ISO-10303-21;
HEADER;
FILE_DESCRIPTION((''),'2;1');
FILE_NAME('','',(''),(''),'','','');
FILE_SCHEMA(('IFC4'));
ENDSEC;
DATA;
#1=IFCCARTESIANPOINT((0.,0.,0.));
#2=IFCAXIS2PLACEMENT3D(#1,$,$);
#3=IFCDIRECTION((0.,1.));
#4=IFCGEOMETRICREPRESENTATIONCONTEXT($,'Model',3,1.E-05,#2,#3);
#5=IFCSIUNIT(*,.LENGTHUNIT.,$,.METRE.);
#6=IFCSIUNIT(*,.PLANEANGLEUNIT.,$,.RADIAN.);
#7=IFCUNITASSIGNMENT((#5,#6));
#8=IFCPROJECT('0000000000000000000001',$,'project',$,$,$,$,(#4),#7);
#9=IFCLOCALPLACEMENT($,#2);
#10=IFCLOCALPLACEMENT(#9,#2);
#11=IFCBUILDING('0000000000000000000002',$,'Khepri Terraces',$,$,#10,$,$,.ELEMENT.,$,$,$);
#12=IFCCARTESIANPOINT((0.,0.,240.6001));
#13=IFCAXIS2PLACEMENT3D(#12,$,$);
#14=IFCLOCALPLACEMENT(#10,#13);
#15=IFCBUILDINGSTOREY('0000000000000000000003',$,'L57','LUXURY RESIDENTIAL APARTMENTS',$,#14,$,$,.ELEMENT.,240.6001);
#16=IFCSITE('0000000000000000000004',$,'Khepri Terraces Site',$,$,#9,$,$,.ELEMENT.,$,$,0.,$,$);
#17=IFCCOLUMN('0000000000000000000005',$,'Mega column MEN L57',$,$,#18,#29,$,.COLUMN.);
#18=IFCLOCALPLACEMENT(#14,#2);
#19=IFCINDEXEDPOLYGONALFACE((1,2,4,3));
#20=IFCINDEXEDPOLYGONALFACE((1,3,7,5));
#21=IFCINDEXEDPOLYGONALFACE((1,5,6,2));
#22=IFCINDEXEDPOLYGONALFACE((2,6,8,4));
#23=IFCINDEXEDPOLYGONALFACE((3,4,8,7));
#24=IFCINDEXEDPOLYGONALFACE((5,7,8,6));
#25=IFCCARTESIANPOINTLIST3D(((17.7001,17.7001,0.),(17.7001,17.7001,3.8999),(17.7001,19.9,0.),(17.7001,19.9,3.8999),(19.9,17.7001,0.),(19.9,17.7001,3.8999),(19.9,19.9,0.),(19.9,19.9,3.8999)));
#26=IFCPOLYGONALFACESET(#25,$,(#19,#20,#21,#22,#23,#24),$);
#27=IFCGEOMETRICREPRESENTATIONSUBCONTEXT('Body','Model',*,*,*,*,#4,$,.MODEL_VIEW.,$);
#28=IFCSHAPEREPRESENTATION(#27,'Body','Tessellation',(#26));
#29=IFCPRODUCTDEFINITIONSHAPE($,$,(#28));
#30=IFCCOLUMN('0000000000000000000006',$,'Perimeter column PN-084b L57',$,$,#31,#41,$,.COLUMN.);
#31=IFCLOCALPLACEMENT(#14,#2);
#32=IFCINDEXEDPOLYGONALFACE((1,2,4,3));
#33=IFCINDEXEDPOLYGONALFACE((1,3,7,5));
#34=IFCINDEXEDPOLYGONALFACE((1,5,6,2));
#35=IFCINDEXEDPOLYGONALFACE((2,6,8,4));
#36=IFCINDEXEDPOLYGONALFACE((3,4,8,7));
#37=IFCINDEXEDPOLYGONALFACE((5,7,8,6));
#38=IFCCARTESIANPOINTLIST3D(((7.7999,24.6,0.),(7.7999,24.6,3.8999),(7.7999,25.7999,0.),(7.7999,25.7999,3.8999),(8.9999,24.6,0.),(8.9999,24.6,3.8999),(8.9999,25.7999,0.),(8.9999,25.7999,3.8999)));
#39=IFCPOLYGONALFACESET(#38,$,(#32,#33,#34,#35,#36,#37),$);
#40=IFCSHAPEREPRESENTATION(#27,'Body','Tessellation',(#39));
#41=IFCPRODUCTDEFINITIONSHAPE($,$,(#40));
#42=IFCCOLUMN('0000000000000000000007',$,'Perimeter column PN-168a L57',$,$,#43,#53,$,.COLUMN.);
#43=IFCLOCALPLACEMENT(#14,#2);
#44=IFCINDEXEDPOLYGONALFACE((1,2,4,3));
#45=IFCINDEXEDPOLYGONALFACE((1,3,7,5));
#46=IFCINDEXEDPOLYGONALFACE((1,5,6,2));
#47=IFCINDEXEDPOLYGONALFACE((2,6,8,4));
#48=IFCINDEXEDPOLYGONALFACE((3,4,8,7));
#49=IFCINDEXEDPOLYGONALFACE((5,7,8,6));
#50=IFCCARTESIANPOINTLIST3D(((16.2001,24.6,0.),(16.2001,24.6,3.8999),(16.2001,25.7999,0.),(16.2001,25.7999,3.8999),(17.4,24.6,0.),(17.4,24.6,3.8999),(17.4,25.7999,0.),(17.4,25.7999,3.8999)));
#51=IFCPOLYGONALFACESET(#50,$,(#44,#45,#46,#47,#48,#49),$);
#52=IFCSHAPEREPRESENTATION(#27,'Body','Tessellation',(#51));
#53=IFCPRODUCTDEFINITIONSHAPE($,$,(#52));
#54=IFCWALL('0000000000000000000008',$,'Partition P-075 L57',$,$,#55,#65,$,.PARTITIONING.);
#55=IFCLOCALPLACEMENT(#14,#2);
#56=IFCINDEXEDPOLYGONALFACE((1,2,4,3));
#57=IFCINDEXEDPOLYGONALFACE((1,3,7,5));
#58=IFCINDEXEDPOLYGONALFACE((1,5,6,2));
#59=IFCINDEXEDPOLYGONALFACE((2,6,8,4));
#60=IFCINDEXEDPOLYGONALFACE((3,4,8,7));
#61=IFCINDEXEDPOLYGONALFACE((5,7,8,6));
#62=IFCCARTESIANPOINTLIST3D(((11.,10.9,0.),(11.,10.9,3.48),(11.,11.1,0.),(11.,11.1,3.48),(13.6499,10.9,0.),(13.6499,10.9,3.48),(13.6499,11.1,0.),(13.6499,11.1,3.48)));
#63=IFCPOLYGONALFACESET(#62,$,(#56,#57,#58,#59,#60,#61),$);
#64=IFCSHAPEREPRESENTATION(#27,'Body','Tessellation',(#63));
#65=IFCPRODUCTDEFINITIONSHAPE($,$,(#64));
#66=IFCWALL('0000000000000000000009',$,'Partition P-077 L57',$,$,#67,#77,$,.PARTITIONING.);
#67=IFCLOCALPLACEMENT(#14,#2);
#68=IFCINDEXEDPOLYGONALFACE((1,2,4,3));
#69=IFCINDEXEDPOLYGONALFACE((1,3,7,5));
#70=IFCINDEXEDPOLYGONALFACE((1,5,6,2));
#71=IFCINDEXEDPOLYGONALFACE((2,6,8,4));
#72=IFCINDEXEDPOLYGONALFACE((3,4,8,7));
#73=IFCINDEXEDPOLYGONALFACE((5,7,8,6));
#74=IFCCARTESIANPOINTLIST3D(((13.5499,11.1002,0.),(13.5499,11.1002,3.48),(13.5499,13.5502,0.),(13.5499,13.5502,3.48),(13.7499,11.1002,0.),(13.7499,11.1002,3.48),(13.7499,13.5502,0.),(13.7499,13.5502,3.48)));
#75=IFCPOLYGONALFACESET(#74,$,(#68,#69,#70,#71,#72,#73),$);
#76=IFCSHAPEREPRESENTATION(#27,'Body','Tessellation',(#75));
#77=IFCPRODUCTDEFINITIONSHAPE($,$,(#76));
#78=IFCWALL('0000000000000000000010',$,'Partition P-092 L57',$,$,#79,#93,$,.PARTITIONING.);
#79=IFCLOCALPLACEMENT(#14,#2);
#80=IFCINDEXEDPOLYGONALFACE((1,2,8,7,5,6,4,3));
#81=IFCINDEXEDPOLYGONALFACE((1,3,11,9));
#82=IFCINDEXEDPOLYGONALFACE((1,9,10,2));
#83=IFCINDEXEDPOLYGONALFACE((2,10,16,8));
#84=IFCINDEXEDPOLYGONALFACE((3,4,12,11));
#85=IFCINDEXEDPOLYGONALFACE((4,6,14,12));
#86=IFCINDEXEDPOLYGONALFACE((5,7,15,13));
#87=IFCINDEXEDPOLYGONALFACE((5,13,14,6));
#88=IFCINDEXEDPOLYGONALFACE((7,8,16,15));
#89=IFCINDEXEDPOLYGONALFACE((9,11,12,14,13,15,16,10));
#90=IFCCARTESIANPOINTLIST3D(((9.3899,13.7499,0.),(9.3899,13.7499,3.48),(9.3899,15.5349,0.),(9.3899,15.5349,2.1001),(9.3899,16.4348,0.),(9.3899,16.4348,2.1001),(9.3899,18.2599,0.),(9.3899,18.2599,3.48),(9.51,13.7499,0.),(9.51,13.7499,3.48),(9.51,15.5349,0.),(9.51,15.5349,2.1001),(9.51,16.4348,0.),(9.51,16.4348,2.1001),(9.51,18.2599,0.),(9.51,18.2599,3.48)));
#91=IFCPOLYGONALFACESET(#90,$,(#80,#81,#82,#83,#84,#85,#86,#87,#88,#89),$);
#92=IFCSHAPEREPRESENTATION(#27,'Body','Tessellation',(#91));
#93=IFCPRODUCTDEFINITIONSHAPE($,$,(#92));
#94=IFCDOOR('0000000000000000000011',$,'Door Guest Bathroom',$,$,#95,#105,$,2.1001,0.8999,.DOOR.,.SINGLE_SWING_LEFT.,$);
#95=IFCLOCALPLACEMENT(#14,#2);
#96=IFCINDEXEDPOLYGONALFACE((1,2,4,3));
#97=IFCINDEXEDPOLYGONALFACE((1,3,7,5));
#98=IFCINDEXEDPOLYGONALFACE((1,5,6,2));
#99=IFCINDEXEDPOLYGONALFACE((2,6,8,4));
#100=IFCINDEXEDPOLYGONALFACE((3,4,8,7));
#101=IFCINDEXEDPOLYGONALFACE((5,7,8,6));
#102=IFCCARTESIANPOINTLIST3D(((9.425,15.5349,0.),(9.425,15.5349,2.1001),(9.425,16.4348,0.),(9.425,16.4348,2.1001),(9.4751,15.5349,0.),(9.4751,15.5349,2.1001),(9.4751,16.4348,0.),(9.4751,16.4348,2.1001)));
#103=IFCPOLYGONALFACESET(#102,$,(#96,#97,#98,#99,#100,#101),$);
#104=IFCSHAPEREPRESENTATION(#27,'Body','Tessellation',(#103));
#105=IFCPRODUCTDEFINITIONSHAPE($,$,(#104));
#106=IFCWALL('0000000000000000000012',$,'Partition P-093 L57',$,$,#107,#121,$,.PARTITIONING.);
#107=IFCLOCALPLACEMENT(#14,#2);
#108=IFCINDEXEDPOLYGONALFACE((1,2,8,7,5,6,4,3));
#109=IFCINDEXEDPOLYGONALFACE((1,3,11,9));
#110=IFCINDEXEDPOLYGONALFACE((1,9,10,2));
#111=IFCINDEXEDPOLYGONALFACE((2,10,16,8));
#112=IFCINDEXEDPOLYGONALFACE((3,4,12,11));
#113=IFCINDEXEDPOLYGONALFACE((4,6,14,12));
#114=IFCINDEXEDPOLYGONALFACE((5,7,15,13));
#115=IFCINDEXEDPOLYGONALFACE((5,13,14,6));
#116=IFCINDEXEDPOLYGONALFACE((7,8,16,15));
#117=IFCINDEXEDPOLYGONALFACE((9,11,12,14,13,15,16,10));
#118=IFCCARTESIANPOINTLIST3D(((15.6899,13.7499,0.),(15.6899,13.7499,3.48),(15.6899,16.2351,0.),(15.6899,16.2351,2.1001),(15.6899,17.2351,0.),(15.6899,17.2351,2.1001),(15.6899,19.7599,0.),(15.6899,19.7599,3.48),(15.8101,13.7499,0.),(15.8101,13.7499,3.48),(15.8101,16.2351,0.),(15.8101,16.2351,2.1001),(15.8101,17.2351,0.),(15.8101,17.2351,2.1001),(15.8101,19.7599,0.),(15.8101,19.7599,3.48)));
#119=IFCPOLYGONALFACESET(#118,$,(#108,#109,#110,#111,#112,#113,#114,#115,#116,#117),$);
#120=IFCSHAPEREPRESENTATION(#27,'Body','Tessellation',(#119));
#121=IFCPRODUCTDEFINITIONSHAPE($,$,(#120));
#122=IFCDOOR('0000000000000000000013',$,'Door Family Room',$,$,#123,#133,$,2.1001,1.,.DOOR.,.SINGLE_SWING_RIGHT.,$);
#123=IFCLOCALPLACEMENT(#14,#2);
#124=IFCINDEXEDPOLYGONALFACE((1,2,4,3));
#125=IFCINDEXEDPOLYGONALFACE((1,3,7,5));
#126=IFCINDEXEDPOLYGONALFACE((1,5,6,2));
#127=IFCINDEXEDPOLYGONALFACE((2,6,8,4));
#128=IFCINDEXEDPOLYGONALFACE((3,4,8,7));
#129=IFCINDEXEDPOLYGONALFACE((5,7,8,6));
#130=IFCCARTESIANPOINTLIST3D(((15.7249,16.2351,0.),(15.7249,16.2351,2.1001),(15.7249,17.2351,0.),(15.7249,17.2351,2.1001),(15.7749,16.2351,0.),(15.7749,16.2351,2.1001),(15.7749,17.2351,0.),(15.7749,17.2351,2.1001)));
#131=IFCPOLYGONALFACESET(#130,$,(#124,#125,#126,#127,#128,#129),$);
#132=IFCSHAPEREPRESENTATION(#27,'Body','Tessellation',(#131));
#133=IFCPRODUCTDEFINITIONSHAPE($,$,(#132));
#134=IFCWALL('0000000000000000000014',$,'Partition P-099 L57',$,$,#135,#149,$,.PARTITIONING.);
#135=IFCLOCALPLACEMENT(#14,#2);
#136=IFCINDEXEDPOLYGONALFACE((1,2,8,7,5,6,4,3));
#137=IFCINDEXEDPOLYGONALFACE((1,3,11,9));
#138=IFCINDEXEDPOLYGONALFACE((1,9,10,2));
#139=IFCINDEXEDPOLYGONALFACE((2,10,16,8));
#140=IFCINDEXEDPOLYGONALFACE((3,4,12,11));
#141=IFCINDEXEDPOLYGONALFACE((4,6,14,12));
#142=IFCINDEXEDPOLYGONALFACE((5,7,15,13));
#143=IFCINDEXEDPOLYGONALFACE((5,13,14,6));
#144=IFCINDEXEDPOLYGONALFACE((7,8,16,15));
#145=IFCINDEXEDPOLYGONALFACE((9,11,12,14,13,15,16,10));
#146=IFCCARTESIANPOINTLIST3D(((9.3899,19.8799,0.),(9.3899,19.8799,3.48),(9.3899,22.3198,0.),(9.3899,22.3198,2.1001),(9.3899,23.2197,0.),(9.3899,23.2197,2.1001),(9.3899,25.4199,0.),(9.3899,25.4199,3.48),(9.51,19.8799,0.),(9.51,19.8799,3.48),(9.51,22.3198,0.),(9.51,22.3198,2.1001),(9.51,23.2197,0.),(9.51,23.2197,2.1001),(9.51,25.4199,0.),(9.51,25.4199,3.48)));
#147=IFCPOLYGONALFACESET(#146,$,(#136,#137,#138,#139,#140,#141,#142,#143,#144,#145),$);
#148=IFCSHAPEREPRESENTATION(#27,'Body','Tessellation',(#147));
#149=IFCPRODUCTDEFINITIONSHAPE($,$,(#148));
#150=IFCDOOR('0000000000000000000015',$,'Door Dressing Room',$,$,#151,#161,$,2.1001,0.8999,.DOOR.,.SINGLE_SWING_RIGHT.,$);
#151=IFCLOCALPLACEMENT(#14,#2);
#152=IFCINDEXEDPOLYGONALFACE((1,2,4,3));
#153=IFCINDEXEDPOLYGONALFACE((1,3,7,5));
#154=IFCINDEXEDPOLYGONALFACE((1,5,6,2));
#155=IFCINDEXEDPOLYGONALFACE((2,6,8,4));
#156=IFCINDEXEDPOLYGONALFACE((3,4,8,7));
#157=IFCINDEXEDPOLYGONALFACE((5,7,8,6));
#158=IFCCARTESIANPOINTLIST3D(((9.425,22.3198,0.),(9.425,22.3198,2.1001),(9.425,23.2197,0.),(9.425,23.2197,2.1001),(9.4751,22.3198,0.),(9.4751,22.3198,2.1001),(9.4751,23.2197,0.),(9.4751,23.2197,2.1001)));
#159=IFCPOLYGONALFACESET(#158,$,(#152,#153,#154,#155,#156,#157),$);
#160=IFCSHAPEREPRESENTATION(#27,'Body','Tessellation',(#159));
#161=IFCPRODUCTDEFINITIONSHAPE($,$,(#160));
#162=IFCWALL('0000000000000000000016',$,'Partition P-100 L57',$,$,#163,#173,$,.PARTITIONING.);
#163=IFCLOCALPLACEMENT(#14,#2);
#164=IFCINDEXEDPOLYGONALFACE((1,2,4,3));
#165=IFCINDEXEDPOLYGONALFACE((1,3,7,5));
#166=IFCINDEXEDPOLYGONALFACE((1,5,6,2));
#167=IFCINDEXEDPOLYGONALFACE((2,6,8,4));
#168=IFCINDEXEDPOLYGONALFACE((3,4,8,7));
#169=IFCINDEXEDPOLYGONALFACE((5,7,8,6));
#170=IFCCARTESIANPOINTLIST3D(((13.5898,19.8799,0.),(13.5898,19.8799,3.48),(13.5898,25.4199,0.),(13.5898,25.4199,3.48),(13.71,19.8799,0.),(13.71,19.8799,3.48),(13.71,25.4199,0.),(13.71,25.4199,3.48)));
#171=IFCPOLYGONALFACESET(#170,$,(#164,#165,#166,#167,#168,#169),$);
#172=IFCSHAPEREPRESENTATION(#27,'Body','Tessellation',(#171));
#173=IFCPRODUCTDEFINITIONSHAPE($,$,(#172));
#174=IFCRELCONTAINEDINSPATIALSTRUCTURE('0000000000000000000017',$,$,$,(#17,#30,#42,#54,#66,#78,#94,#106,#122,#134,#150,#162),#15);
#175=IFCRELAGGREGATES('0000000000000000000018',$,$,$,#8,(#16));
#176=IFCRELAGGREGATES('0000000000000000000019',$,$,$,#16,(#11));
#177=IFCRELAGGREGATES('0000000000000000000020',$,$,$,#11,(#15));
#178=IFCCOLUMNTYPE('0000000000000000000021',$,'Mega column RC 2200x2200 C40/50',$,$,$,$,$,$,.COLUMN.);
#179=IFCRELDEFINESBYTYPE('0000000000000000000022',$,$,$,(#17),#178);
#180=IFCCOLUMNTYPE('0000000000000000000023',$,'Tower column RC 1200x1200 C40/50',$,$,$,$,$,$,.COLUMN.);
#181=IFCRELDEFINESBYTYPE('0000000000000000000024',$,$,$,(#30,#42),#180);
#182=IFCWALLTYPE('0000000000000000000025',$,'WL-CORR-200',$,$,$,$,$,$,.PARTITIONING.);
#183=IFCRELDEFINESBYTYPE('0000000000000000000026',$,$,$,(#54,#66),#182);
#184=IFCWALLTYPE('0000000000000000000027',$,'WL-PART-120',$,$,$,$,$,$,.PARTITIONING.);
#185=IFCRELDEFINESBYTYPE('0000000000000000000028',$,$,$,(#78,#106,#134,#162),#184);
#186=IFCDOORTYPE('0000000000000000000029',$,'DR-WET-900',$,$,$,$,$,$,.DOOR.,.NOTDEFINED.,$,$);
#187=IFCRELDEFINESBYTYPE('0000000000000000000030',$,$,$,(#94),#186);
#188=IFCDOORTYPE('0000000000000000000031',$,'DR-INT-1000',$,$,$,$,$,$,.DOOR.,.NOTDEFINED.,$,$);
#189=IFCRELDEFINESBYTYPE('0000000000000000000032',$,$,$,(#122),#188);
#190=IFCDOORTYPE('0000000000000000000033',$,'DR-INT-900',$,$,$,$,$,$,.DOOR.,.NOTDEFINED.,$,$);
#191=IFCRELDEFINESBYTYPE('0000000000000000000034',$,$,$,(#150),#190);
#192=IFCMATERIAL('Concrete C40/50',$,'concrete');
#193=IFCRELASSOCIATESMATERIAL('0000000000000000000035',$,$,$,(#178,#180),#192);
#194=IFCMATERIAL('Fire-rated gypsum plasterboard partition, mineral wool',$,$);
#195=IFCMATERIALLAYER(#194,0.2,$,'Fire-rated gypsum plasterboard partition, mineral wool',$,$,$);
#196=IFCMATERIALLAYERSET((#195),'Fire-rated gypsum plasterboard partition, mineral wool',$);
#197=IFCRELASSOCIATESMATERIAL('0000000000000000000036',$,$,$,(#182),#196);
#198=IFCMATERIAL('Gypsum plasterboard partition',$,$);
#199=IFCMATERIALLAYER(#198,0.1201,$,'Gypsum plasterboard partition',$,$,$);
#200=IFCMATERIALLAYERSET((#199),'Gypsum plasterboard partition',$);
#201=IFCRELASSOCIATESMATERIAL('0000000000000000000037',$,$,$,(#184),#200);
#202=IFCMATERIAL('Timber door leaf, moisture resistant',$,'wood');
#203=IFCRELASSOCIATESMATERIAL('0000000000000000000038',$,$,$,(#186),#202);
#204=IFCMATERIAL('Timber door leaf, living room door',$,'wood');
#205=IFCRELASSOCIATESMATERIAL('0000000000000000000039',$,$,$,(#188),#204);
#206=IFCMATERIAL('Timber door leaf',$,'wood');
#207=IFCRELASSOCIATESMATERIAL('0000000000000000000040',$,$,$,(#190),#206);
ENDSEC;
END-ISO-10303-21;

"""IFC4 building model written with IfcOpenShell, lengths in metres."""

from ifc_helpers import new_model, si_unit, direction, frame, frame_2d, origin, origin_2d, place, context, subcontext, project, spatial, rectangle, extrude, material, layer, layer_set, material_profile, profile_set, type_object, element, fill, save


model = new_model("IFC4")

# Units and contexts
model_context = context("Model", 3, precision=1e-05, world=origin(), true_north=direction((0.0, 1.0)))
body_context = subcontext(model_context, "Body", "Model", "MODEL_VIEW")
ifc_project = project(units=[si_unit("LENGTHUNIT", "METRE"), si_unit("PLANEANGLEUNIT", "RADIAN")], contexts=[model_context])

# Site, building, storey
site_placement = place(None, origin())
site = spatial("IfcSite", under=ifc_project, at=site_placement, Name="Khepri Terraces Site", CompositionType="ELEMENT", RefElevation=0.0)
building_placement = place(site_placement, origin())
building = spatial("IfcBuilding", under=site, at=building_placement, Name="Khepri Terraces", CompositionType="ELEMENT")
storey_placement = place(building_placement, frame((0.0, 0.0, 240.6001)))
storey = spatial("IfcBuildingStorey", under=building, at=storey_placement, Name="L57", Description="LUXURY RESIDENTIAL APARTMENTS", CompositionType="ELEMENT", Elevation=240.6001)

# Columns
ifc_material_1 = material(Name="Concrete C40/50", Category="concrete")
ifc_material_profile_1 = material_profile(ifc_material_1, rectangle(XDim=2.2, YDim=2.2, at=origin_2d()), Name="Concrete C40/50", Category="concrete")
ifc_profile_set_1 = profile_set([ifc_material_profile_1], Name="Concrete C40/50")
column_type_1 = type_object("IfcColumnType", Name="Mega column RC 2200x2200 C40/50", PredefinedType="COLUMN", material=ifc_profile_set_1)
column_placement = place(storey_placement, frame((18.8, 18.8, 0.0), z_axis=(0.0, 0.0, 1.0), x_axis=(1.0, 0.0, 0.0)))
element("IfcColumn", 1, at=column_placement, inside=storey, type_object=column_type_1, Name="Mega column MEN L57", PredefinedType="COLUMN", context=body_context, shape_type="SweptSolid", body=[
    extrude(rectangle(XDim=2.2, YDim=2.2, at=origin_2d()), origin(), (0.0, 0.0, 1.0), 3.8999),
])
ifc_material_profile_2 = material_profile(ifc_material_1, rectangle(XDim=1.2, YDim=1.2, at=origin_2d()), Name="Concrete C40/50", Category="concrete")
ifc_profile_set_2 = profile_set([ifc_material_profile_2], Name="Concrete C40/50")
column_type_2 = type_object("IfcColumnType", Name="Tower column RC 1200x1200 C40/50", PredefinedType="COLUMN", material=ifc_profile_set_2)
for number, where, z_axis, x_axis, name in (
    (2, (8.3999, 25.2, 0.0), (0.0, 0.0, 1.0), (1.0, 0.0, 0.0), "Perimeter column PN-084b L57"),
    (3, (16.8, 25.2, 0.0), (0.0, 0.0, 1.0), (1.0, 0.0, 0.0), "Perimeter column PN-168a L57"),
):
    element("IfcColumn", number, at=place(storey_placement, frame(where, z_axis=z_axis, x_axis=x_axis)), inside=storey, type_object=column_type_2, Name=name, PredefinedType="COLUMN", context=body_context, shape_type="SweptSolid", body=[
        extrude(rectangle(XDim=1.2, YDim=1.2, at=origin_2d()), origin(), (0.0, 0.0, 1.0), 3.8999),
    ])

# Walls
ifc_material_2 = material(Name="Fire-rated gypsum plasterboard partition, mineral wool")
ifc_layer_1 = layer(ifc_material_2, 0.2, Name="Fire-rated gypsum plasterboard partition, mineral wool")
ifc_layer_set_1 = layer_set([ifc_layer_1], Name="Fire-rated gypsum plasterboard partition, mineral wool")
wall_type_1 = type_object("IfcWallType", Name="WL-CORR-200", PredefinedType="PARTITIONING", material=ifc_layer_set_1)
wall_1_placement = place(storey_placement, frame((11.0, 11.0, 0.0), z_axis=(0.0, 0.0, 1.0), x_axis=(1.0, 0.0, 0.0)))
element("IfcWall", 4, at=wall_1_placement, inside=storey, type_object=wall_type_1, Name="Partition P-075 L57", PredefinedType="PARTITIONING", context=body_context, shape_type="SweptSolid", body=[
    extrude(rectangle(XDim=2.6499, YDim=0.2, at=frame_2d((1.325, 0.0))), origin(), (0.0, 0.0, 1.0), 3.48),
])
wall_2_placement = place(storey_placement, frame((13.6499, 11.1001, 0.0), z_axis=(0.0, 0.0, 1.0), x_axis=(0.0, 1.0, 0.0)))
element("IfcWall", 5, at=wall_2_placement, inside=storey, type_object=wall_type_1, Name="Partition P-077 L57", PredefinedType="PARTITIONING", context=body_context, shape_type="SweptSolid", body=[
    extrude(rectangle(XDim=2.45, YDim=0.2, at=frame_2d((1.2251, 0.0))), origin(), (0.0, 0.0, 1.0), 3.48),
])

# Walls, openings, doors
ifc_material_3 = material(Name="Gypsum plasterboard partition")
ifc_layer_2 = layer(ifc_material_3, 0.1201, Name="Gypsum plasterboard partition")
ifc_layer_set_2 = layer_set([ifc_layer_2], Name="Gypsum plasterboard partition")
wall_type_2 = type_object("IfcWallType", Name="WL-PART-120", PredefinedType="PARTITIONING", material=ifc_layer_set_2)
wall_3_placement = place(storey_placement, frame((9.45, 13.75, 0.0), z_axis=(0.0, 0.0, 1.0), x_axis=(0.0, 1.0, 0.0)))
wall_3 = element("IfcWall", 6, at=wall_3_placement, inside=storey, type_object=wall_type_2, Name="Partition P-092 L57", PredefinedType="PARTITIONING", context=body_context, shape_type="SweptSolid", body=[
    extrude(rectangle(XDim=4.51, YDim=0.1201, at=frame_2d((2.2549, 0.0))), origin(), (0.0, 0.0, 1.0), 3.48),
])
opening_1_placement = place(wall_3_placement, frame((1.7849, 0.0, 0.0)))
opening_1 = element("IfcOpeningElement", 7, at=opening_1_placement, cuts=wall_3, PredefinedType="OPENING", context=body_context, shape_type="SweptSolid", body=[
    extrude(rectangle(XDim=0.8999, YDim=2.1001, at=frame_2d((0.45, 1.05))), frame((0.0, 0.0701, 0.0), z_axis=(0.0, -1.0, 0.0), x_axis=(1.0, 0.0, 0.0)), (0.0, 0.0, 1.0), 0.1401),
])
ifc_material_4 = material(Name="Timber door leaf, moisture resistant", Category="wood")
door_type_1 = type_object("IfcDoorType", Name="DR-WET-900", OperationType="NOTDEFINED", PredefinedType="DOOR", material=ifc_material_4)
door_1_placement = place(opening_1_placement, origin())
door_1 = element("IfcDoor", 8, at=door_1_placement, inside=storey, type_object=door_type_1, Name="Door Guest Bathroom", OperationType="SINGLE_SWING_LEFT", OverallHeight=2.1001, OverallWidth=0.8999, PredefinedType="DOOR", context=body_context, shape_type="SweptSolid", body=[
    extrude(rectangle(XDim=0.8999, YDim=2.1001, at=frame_2d((0.45, 1.05))), frame((0.0, 0.0249, 0.0), z_axis=(0.0, -1.0, 0.0), x_axis=(1.0, 0.0, 0.0)), (0.0, 0.0, 1.0), 0.05),
])
fill(opening_1, door_1)
wall_4_placement = place(storey_placement, frame((15.75, 13.75, 0.0), z_axis=(0.0, 0.0, 1.0), x_axis=(0.0, 1.0, 0.0)))
wall_4 = element("IfcWall", 9, at=wall_4_placement, inside=storey, type_object=wall_type_2, Name="Partition P-093 L57", PredefinedType="PARTITIONING", context=body_context, shape_type="SweptSolid", body=[
    extrude(rectangle(XDim=6.01, YDim=0.1201, at=frame_2d((3.0049, 0.0))), origin(), (0.0, 0.0, 1.0), 3.48),
])
opening_2_placement = place(wall_4_placement, frame((2.4851, 0.0, 0.0)))
opening_2 = element("IfcOpeningElement", 10, at=opening_2_placement, cuts=wall_4, PredefinedType="OPENING", context=body_context, shape_type="SweptSolid", body=[
    extrude(rectangle(XDim=1.0, YDim=2.1001, at=frame_2d((0.5, 1.05))), frame((0.0, 0.0701, 0.0), z_axis=(0.0, -1.0, 0.0), x_axis=(1.0, 0.0, 0.0)), (0.0, 0.0, 1.0), 0.1401),
])
ifc_material_5 = material(Name="Timber door leaf, living room door", Category="wood")
door_type_2 = type_object("IfcDoorType", Name="DR-INT-1000", OperationType="NOTDEFINED", PredefinedType="DOOR", material=ifc_material_5)
door_2_placement = place(opening_2_placement, frame((1.0, 0.0, 0.0), z_axis=(0.0, 0.0, 1.0), x_axis=(-1.0, 0.0, 0.0)))
door_2 = element("IfcDoor", 11, at=door_2_placement, inside=storey, type_object=door_type_2, Name="Door Family Room", OperationType="SINGLE_SWING_RIGHT", OverallHeight=2.1001, OverallWidth=1.0, PredefinedType="DOOR", context=body_context, shape_type="SweptSolid", body=[
    extrude(rectangle(XDim=1.0, YDim=2.1001, at=frame_2d((0.5, 1.05))), frame((0.0, 0.0249, 0.0), z_axis=(0.0, -1.0, 0.0), x_axis=(1.0, 0.0, 0.0)), (0.0, 0.0, 1.0), 0.05),
])
fill(opening_2, door_2)
wall_5_placement = place(storey_placement, frame((9.45, 19.8799, 0.0), z_axis=(0.0, 0.0, 1.0), x_axis=(0.0, 1.0, 0.0)))
wall_5 = element("IfcWall", 12, at=wall_5_placement, inside=storey, type_object=wall_type_2, Name="Partition P-099 L57", PredefinedType="PARTITIONING", context=body_context, shape_type="SweptSolid", body=[
    extrude(rectangle(XDim=5.54, YDim=0.1201, at=frame_2d((2.77, 0.0))), origin(), (0.0, 0.0, 1.0), 3.48),
])
opening_3_placement = place(wall_5_placement, frame((2.4399, 0.0, 0.0)))
opening_3 = element("IfcOpeningElement", 13, at=opening_3_placement, cuts=wall_5, PredefinedType="OPENING", context=body_context, shape_type="SweptSolid", body=[
    extrude(rectangle(XDim=0.8999, YDim=2.1001, at=frame_2d((0.45, 1.05))), frame((0.0, 0.0701, 0.0), z_axis=(0.0, -1.0, 0.0), x_axis=(1.0, 0.0, 0.0)), (0.0, 0.0, 1.0), 0.1401),
])
ifc_material_6 = material(Name="Timber door leaf", Category="wood")
door_type_3 = type_object("IfcDoorType", Name="DR-INT-900", OperationType="NOTDEFINED", PredefinedType="DOOR", material=ifc_material_6)
door_3_placement = place(opening_3_placement, origin())
door_3 = element("IfcDoor", 14, at=door_3_placement, inside=storey, type_object=door_type_3, Name="Door Dressing Room", OperationType="SINGLE_SWING_RIGHT", OverallHeight=2.1001, OverallWidth=0.8999, PredefinedType="DOOR", context=body_context, shape_type="SweptSolid", body=[
    extrude(rectangle(XDim=0.8999, YDim=2.1001, at=frame_2d((0.45, 1.05))), frame((0.0, 0.0249, 0.0), z_axis=(0.0, -1.0, 0.0), x_axis=(1.0, 0.0, 0.0)), (0.0, 0.0, 1.0), 0.05),
])
fill(opening_3, door_3)

# Wall
wall_6_placement = place(storey_placement, frame((13.6499, 19.8799, 0.0), z_axis=(0.0, 0.0, 1.0), x_axis=(0.0, 1.0, 0.0)))
element("IfcWall", 15, at=wall_6_placement, inside=storey, type_object=wall_type_2, Name="Partition P-100 L57", PredefinedType="PARTITIONING", context=body_context, shape_type="SweptSolid", body=[
    extrude(rectangle(XDim=5.54, YDim=0.1201, at=frame_2d((2.77, 0.0))), origin(), (0.0, 0.0, 1.0), 3.48),
])

save(model, "model.ifc")
